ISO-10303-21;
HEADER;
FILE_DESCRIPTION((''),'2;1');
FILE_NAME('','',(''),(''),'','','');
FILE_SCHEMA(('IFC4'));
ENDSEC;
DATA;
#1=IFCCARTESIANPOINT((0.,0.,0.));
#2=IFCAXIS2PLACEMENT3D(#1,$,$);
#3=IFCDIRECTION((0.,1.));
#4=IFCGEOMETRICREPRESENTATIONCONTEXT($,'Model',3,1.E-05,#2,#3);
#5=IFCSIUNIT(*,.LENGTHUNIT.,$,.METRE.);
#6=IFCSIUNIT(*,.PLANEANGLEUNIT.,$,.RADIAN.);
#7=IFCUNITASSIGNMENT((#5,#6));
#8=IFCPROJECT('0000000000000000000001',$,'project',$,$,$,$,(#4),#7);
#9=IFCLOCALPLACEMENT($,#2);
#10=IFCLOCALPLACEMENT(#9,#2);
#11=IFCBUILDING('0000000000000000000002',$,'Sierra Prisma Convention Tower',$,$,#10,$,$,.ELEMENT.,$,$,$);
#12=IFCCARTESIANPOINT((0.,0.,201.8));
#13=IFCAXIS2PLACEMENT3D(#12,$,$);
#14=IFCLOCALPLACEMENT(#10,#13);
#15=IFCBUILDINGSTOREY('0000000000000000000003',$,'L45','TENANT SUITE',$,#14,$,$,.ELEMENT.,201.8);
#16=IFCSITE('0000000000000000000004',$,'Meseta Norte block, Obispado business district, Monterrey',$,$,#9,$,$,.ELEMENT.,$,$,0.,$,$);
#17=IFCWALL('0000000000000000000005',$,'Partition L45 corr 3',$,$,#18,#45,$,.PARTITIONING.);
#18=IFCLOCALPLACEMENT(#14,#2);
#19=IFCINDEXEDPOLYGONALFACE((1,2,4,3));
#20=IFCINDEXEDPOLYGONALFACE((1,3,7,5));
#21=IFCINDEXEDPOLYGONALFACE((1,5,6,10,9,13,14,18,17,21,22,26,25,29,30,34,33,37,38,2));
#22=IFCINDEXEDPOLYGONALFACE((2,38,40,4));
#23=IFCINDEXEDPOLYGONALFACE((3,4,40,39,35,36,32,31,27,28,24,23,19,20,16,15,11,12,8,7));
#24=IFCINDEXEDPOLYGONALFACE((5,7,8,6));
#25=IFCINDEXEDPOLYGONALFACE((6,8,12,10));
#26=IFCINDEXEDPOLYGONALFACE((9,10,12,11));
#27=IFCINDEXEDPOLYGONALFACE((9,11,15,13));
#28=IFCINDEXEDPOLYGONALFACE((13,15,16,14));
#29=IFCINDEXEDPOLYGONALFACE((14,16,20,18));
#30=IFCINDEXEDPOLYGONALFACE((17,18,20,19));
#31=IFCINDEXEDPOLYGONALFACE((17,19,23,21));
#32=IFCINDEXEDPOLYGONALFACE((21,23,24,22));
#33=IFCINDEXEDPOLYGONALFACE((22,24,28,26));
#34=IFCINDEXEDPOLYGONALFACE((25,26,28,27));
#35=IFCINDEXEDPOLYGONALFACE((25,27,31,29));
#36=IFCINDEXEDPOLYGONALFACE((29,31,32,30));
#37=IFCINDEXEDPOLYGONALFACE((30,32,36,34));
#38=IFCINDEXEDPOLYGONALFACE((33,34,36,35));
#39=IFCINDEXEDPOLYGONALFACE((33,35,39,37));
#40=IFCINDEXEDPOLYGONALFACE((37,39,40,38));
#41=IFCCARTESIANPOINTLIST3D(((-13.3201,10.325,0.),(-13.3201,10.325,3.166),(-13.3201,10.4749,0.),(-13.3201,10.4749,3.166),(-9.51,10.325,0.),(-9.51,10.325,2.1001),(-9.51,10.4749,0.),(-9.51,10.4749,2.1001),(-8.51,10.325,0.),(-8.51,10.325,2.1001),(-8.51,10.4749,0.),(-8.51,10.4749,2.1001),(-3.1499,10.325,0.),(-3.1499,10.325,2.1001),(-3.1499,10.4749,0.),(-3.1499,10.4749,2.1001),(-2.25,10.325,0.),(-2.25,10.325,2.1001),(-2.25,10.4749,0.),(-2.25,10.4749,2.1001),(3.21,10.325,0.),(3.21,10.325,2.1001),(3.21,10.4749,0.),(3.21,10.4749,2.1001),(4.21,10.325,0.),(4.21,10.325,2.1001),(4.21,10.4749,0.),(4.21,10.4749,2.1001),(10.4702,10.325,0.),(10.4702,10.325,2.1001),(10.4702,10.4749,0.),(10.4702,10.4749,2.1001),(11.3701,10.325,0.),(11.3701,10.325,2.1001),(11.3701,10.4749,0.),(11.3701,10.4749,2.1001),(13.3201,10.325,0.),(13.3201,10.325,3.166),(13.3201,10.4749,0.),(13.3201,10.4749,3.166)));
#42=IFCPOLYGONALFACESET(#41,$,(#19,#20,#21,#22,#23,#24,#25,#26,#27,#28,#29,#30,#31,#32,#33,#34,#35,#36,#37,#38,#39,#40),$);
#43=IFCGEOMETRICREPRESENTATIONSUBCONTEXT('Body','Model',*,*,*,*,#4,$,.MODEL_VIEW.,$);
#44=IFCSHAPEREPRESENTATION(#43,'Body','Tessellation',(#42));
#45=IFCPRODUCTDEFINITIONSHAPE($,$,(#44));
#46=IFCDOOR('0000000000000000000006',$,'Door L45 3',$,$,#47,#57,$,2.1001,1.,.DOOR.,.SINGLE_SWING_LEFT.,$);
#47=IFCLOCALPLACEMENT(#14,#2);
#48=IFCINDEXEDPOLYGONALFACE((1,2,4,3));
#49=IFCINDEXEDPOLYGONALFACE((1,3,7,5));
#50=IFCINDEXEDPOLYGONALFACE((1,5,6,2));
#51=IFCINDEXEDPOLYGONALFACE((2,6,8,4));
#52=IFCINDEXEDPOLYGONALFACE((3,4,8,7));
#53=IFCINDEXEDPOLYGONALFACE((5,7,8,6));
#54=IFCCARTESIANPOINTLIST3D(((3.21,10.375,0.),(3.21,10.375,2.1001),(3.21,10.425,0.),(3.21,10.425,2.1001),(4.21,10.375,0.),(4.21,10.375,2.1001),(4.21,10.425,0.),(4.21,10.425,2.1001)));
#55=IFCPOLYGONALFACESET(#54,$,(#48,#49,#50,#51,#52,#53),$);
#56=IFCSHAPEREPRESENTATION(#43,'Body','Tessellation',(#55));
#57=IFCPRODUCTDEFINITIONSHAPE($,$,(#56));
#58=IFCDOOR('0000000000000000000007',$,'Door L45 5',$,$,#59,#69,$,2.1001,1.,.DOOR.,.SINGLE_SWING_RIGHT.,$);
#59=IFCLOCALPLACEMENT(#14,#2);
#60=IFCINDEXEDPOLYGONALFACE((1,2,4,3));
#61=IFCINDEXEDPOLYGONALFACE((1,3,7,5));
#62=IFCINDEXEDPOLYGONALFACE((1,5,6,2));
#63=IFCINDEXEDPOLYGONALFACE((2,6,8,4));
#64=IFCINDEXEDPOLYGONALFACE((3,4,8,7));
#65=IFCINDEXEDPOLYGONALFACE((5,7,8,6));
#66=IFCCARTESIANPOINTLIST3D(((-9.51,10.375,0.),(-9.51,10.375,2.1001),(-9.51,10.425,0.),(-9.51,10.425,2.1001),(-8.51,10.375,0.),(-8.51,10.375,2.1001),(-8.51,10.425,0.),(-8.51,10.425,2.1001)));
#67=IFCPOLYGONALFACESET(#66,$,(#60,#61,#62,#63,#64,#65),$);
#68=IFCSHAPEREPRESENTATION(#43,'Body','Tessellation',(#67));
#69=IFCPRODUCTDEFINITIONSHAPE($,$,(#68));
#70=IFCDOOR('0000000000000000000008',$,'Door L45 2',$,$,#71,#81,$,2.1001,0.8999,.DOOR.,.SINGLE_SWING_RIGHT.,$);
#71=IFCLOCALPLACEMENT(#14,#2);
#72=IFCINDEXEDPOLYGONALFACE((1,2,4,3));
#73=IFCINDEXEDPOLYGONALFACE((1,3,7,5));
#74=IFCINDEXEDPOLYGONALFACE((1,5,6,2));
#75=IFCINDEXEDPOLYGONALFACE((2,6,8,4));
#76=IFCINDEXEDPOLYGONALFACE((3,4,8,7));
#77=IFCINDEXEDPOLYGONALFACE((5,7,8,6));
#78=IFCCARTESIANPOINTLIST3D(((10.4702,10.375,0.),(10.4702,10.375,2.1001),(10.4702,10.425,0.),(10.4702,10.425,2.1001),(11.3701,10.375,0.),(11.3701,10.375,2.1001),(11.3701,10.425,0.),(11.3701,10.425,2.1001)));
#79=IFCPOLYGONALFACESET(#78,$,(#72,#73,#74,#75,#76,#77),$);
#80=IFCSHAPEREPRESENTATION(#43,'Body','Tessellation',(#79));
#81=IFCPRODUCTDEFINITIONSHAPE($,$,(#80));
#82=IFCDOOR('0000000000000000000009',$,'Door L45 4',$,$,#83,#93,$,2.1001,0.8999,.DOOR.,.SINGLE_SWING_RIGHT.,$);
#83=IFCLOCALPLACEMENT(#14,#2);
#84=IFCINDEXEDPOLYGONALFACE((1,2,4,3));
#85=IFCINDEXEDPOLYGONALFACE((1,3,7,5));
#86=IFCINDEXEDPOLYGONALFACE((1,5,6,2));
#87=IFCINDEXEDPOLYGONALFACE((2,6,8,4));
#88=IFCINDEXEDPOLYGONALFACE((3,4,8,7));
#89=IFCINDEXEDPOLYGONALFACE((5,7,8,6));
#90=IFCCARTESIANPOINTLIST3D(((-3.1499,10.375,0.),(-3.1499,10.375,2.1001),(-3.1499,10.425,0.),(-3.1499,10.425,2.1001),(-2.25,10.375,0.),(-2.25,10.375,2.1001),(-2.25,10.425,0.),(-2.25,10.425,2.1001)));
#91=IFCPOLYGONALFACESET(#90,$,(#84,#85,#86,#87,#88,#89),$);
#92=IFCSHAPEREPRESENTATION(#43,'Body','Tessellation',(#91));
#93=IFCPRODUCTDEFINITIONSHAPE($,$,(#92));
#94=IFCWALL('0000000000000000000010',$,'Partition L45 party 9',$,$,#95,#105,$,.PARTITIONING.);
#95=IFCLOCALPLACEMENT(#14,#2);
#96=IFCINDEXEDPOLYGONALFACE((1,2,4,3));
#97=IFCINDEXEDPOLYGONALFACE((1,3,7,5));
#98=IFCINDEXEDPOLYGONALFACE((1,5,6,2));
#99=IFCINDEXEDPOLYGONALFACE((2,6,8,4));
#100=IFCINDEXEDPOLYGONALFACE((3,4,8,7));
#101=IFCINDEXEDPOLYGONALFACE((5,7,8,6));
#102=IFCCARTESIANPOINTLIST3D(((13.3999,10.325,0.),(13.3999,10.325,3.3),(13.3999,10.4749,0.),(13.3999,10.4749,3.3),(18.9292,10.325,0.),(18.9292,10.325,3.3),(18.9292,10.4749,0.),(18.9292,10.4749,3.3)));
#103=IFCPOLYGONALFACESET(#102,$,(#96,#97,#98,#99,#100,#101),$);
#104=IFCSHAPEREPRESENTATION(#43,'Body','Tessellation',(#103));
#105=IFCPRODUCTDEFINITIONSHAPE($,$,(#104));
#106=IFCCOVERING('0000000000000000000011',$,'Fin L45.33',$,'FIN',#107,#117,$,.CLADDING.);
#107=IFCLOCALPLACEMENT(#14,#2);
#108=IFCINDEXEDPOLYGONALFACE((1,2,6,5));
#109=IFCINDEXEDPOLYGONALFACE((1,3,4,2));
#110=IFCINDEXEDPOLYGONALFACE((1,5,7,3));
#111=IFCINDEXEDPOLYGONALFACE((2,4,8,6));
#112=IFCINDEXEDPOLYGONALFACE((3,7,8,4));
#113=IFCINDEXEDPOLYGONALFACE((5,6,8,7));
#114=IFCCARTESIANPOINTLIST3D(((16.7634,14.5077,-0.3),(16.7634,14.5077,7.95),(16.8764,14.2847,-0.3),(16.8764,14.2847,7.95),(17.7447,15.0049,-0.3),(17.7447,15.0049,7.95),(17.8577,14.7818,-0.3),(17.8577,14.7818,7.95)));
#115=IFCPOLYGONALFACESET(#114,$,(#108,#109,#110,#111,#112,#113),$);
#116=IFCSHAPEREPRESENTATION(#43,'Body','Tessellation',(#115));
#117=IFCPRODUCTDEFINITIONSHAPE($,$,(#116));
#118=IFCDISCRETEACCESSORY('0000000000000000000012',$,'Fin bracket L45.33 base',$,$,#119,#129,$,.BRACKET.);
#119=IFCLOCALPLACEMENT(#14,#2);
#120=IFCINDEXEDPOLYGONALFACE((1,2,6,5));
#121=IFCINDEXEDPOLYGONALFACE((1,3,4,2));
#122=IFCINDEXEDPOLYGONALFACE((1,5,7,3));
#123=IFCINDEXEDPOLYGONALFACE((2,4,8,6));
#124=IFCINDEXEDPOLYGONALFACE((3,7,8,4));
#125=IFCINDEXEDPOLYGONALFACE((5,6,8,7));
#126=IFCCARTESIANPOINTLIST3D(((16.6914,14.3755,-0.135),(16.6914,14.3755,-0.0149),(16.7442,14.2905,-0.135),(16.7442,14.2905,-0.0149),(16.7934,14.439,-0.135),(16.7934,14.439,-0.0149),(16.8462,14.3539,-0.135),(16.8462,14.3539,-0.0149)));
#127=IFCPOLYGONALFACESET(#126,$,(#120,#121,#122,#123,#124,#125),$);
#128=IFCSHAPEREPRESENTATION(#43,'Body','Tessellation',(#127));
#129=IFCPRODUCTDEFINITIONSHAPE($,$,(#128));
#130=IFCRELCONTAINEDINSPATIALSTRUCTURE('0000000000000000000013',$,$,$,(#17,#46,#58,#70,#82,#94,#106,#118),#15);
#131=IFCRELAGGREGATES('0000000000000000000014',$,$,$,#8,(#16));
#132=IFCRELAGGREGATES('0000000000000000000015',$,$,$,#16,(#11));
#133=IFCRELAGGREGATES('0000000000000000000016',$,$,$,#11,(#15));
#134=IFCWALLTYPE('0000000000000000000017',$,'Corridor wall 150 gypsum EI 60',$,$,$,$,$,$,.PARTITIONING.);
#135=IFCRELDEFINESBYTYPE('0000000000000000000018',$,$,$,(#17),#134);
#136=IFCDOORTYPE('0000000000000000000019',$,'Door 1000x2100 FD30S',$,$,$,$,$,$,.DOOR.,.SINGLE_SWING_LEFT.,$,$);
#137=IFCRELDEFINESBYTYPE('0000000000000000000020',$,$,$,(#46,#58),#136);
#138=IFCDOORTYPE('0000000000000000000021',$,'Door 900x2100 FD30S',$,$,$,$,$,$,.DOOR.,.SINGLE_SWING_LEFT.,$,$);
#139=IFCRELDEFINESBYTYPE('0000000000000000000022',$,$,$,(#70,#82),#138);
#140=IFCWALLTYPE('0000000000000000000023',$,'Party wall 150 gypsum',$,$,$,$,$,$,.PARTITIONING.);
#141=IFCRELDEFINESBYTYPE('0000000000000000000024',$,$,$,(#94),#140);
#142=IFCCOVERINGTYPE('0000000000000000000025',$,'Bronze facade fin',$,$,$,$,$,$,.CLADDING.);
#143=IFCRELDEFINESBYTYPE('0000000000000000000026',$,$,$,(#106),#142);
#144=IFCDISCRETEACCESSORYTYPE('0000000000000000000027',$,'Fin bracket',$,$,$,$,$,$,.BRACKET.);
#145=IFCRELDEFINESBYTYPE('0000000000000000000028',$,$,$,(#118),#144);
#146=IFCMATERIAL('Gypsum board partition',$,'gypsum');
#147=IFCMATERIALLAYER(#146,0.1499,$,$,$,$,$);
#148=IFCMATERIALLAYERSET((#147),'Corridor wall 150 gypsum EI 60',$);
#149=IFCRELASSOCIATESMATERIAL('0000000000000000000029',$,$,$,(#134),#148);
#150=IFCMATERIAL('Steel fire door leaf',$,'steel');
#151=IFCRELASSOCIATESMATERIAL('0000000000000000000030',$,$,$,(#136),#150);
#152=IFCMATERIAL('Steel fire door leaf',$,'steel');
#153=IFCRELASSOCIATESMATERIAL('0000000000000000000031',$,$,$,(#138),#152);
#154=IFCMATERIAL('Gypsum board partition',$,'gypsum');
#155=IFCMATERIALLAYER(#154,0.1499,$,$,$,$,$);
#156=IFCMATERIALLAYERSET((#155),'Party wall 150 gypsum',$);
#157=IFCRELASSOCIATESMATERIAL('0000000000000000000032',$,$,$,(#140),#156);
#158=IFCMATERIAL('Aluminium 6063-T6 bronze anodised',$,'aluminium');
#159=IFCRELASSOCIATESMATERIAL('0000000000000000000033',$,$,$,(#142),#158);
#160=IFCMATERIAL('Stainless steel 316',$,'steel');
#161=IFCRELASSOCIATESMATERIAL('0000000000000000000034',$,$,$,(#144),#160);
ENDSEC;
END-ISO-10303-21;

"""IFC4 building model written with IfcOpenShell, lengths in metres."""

from ifc_helpers import new_model, si_unit, direction, frame, frame_2d, origin, origin_2d, place, context, subcontext, project, spatial, rectangle, extrude, material, layer, layer_set, material_profile, profile_set, type_object, element, fill, save


model = new_model("IFC4")

# Units and contexts
model_context = context("Model", 3, precision=1e-05, world=origin(), true_north=direction((0.0, 1.0)))
body_context = subcontext(model_context, "Body", "Model", "MODEL_VIEW")
ifc_project = project(units=[si_unit("LENGTHUNIT", "METRE"), si_unit("PLANEANGLEUNIT", "RADIAN")], contexts=[model_context])

# Site, building, storey
site_placement = place(None, origin())
site = spatial("IfcSite", under=ifc_project, at=site_placement, Name="Meseta Norte block, Obispado business district, Monterrey", CompositionType="ELEMENT", RefElevation=0.0)
building_placement = place(site_placement, origin())
building = spatial("IfcBuilding", under=site, at=building_placement, Name="Sierra Prisma Convention Tower", CompositionType="ELEMENT")
storey_placement = place(building_placement, frame((0.0, 0.0, 201.8)))
storey = spatial("IfcBuildingStorey", under=building, at=storey_placement, Name="L45", Description="TENANT SUITE", CompositionType="ELEMENT", Elevation=201.8)

# Wall, openings, doors
ifc_material_1 = material(Name="Gypsum board partition", Category="gypsum")
ifc_layer_1 = layer(ifc_material_1, 0.1499)
ifc_layer_set_1 = layer_set([ifc_layer_1], Name="Corridor wall 150 gypsum EI 60")
wall_type_1 = type_object("IfcWallType", Name="Corridor wall 150 gypsum EI 60", PredefinedType="PARTITIONING", material=ifc_layer_set_1)
wall_1_placement = place(storey_placement, frame((13.3201, 10.3999, 0.0), z_axis=(0.0, 0.0, 1.0), x_axis=(-1.0, 0.0, 0.0)))
wall_1 = element("IfcWall", 1, at=wall_1_placement, inside=storey, type_object=wall_type_1, Name="Partition L45 corr 3", PredefinedType="PARTITIONING", context=body_context, shape_type="SweptSolid", body=[
    extrude(rectangle(XDim=26.6401, YDim=0.1499, at=frame_2d((13.3201, 0.0))), origin(), (0.0, 0.0, 1.0), 3.166),
])
opening_1_placement = place(wall_1_placement, frame((1.95, 0.0, 0.0)))
opening_1 = element("IfcOpeningElement", 2, at=opening_1_placement, cuts=wall_1, PredefinedType="OPENING", context=body_context, shape_type="SweptSolid", body=[
    extrude(rectangle(XDim=0.8999, YDim=2.1001, at=frame_2d((0.45, 1.05))), frame((0.0, 0.075, 0.0), z_axis=(0.0, -1.0, 0.0), x_axis=(1.0, 0.0, 0.0)), (0.0, 0.0, 1.0), 0.1499),
])
opening_2_placement = place(wall_1_placement, frame((9.1101, 0.0, 0.0)))
opening_2 = element("IfcOpeningElement", 3, at=opening_2_placement, cuts=wall_1, PredefinedType="OPENING", context=body_context, shape_type="SweptSolid", body=[
    extrude(rectangle(XDim=1.0, YDim=2.1001, at=frame_2d((0.5, 1.05))), frame((0.0, 0.075, 0.0), z_axis=(0.0, -1.0, 0.0), x_axis=(1.0, 0.0, 0.0)), (0.0, 0.0, 1.0), 0.1499),
])
opening_3_placement = place(wall_1_placement, frame((15.5701, 0.0, 0.0)))
opening_3 = element("IfcOpeningElement", 4, at=opening_3_placement, cuts=wall_1, PredefinedType="OPENING", context=body_context, shape_type="SweptSolid", body=[
    extrude(rectangle(XDim=0.8999, YDim=2.1001, at=frame_2d((0.45, 1.05))), frame((0.0, 0.075, 0.0), z_axis=(0.0, -1.0, 0.0), x_axis=(1.0, 0.0, 0.0)), (0.0, 0.0, 1.0), 0.1499),
])
opening_4_placement = place(wall_1_placement, frame((21.8301, 0.0, 0.0)))
opening_4 = element("IfcOpeningElement", 5, at=opening_4_placement, cuts=wall_1, PredefinedType="OPENING", context=body_context, shape_type="SweptSolid", body=[
    extrude(rectangle(XDim=1.0, YDim=2.1001, at=frame_2d((0.5, 1.05))), frame((0.0, 0.075, 0.0), z_axis=(0.0, -1.0, 0.0), x_axis=(1.0, 0.0, 0.0)), (0.0, 0.0, 1.0), 0.1499),
])
ifc_material_2 = material(Name="Steel fire door leaf", Category="steel")
door_type_1 = type_object("IfcDoorType", Name="Door 1000x2100 FD30S", OperationType="SINGLE_SWING_LEFT", PredefinedType="DOOR", material=ifc_material_2)
door_1_placement = place(opening_2_placement, origin())
door_1 = element("IfcDoor", 6, at=door_1_placement, inside=storey, type_object=door_type_1, Name="Door L45 3", OperationType="SINGLE_SWING_LEFT", OverallHeight=2.1001, OverallWidth=1.0, PredefinedType="DOOR", context=body_context, shape_type="SweptSolid", body=[
    extrude(rectangle(XDim=1.0, YDim=2.1001, at=frame_2d((0.5, 1.05))), frame((0.0, 0.0249, 0.0), z_axis=(0.0, -1.0, 0.0), x_axis=(1.0, 0.0, 0.0)), (0.0, 0.0, 1.0), 0.05),
])
fill(opening_2, door_1)
door_2_placement = place(opening_4_placement, origin())
door_2 = element("IfcDoor", 7, at=door_2_placement, inside=storey, type_object=door_type_1, Name="Door L45 5", OperationType="SINGLE_SWING_RIGHT", OverallHeight=2.1001, OverallWidth=1.0, PredefinedType="DOOR", context=body_context, shape_type="SweptSolid", body=[
    extrude(rectangle(XDim=1.0, YDim=2.1001, at=frame_2d((0.5, 1.05))), frame((0.0, 0.0249, 0.0), z_axis=(0.0, -1.0, 0.0), x_axis=(1.0, 0.0, 0.0)), (0.0, 0.0, 1.0), 0.05),
])
fill(opening_4, door_2)
ifc_material_3 = material(Name="Steel fire door leaf", Category="steel")
door_type_2 = type_object("IfcDoorType", Name="Door 900x2100 FD30S", OperationType="SINGLE_SWING_LEFT", PredefinedType="DOOR", material=ifc_material_3)
door_3_placement = place(opening_1_placement, origin())
door_3 = element("IfcDoor", 8, at=door_3_placement, inside=storey, type_object=door_type_2, Name="Door L45 2", OperationType="SINGLE_SWING_RIGHT", OverallHeight=2.1001, OverallWidth=0.8999, PredefinedType="DOOR", context=body_context, shape_type="SweptSolid", body=[
    extrude(rectangle(XDim=0.8999, YDim=2.1001, at=frame_2d((0.45, 1.05))), frame((0.0, 0.0249, 0.0), z_axis=(0.0, -1.0, 0.0), x_axis=(1.0, 0.0, 0.0)), (0.0, 0.0, 1.0), 0.05),
])
fill(opening_1, door_3)
door_4_placement = place(opening_3_placement, origin())
door_4 = element("IfcDoor", 9, at=door_4_placement, inside=storey, type_object=door_type_2, Name="Door L45 4", OperationType="SINGLE_SWING_RIGHT", OverallHeight=2.1001, OverallWidth=0.8999, PredefinedType="DOOR", context=body_context, shape_type="SweptSolid", body=[
    extrude(rectangle(XDim=0.8999, YDim=2.1001, at=frame_2d((0.45, 1.05))), frame((0.0, 0.0249, 0.0), z_axis=(0.0, -1.0, 0.0), x_axis=(1.0, 0.0, 0.0)), (0.0, 0.0, 1.0), 0.05),
])
fill(opening_3, door_4)

# Wall
ifc_material_4 = material(Name="Gypsum board partition", Category="gypsum")
ifc_layer_2 = layer(ifc_material_4, 0.1499)
ifc_layer_set_2 = layer_set([ifc_layer_2], Name="Party wall 150 gypsum")
wall_type_2 = type_object("IfcWallType", Name="Party wall 150 gypsum", PredefinedType="PARTITIONING", material=ifc_layer_set_2)
wall_2_placement = place(storey_placement, frame((13.3999, 10.3999, 0.0), z_axis=(0.0, 0.0, 1.0), x_axis=(1.0, 0.0, 0.0)))
element("IfcWall", 10, at=wall_2_placement, inside=storey, type_object=wall_type_2, Name="Partition L45 party 9", PredefinedType="PARTITIONING", context=body_context, shape_type="SweptSolid", body=[
    extrude(rectangle(XDim=5.5293, YDim=0.1499, at=frame_2d((2.7646, 0.0))), origin(), (0.0, 0.0, 1.0), 3.3),
])

# Covering
ifc_material_5 = material(Name="Aluminium 6063-T6 bronze anodised", Category="aluminium")
ifc_material_profile_1 = material_profile(ifc_material_5, rectangle(XDim=1.1001, YDim=0.25, at=origin_2d()), Name="ALU FIN 1100x250")
ifc_profile_set_1 = profile_set([ifc_material_profile_1], Name="Aluminium 6063-T6 bronze anodised")
covering_type = type_object("IfcCoveringType", Name="Bronze facade fin", PredefinedType="CLADDING", material=ifc_profile_set_1)
covering_placement = place(storey_placement, frame((17.3105, 14.6448, -0.3), z_axis=(0.0, 0.0, 1.0), x_axis=(0.892066, 0.451905, 0.0)))
element("IfcCovering", 11, at=covering_placement, inside=storey, type_object=covering_type, Name="Fin L45.33", ObjectType="FIN", PredefinedType="CLADDING", context=body_context, shape_type="SweptSolid", body=[
    extrude(rectangle(XDim=1.1001, YDim=0.25, at=origin_2d()), origin(), (0.0, 0.0, 1.0), 8.25),
])

# Discrete accessory
ifc_material_6 = material(Name="Stainless steel 316", Category="steel")
discrete_accessory_type = type_object("IfcDiscreteAccessoryType", Name="Fin bracket", PredefinedType="BRACKET", material=ifc_material_6)
discrete_accessory_placement = place(storey_placement, frame((16.7688, 14.3647, -0.135), z_axis=(0.0, 0.0, 1.0), x_axis=(0.849285, 0.527934, 0.0)))
element("IfcDiscreteAccessory", 12, at=discrete_accessory_placement, inside=storey, type_object=discrete_accessory_type, Name="Fin bracket L45.33 base", PredefinedType="BRACKET", context=body_context, shape_type="SweptSolid", body=[
    extrude(rectangle(XDim=0.1201, YDim=0.1001, at=origin_2d()), origin(), (0.0, 0.0, 1.0), 0.1201),
])

save(model, "model.ifc")
